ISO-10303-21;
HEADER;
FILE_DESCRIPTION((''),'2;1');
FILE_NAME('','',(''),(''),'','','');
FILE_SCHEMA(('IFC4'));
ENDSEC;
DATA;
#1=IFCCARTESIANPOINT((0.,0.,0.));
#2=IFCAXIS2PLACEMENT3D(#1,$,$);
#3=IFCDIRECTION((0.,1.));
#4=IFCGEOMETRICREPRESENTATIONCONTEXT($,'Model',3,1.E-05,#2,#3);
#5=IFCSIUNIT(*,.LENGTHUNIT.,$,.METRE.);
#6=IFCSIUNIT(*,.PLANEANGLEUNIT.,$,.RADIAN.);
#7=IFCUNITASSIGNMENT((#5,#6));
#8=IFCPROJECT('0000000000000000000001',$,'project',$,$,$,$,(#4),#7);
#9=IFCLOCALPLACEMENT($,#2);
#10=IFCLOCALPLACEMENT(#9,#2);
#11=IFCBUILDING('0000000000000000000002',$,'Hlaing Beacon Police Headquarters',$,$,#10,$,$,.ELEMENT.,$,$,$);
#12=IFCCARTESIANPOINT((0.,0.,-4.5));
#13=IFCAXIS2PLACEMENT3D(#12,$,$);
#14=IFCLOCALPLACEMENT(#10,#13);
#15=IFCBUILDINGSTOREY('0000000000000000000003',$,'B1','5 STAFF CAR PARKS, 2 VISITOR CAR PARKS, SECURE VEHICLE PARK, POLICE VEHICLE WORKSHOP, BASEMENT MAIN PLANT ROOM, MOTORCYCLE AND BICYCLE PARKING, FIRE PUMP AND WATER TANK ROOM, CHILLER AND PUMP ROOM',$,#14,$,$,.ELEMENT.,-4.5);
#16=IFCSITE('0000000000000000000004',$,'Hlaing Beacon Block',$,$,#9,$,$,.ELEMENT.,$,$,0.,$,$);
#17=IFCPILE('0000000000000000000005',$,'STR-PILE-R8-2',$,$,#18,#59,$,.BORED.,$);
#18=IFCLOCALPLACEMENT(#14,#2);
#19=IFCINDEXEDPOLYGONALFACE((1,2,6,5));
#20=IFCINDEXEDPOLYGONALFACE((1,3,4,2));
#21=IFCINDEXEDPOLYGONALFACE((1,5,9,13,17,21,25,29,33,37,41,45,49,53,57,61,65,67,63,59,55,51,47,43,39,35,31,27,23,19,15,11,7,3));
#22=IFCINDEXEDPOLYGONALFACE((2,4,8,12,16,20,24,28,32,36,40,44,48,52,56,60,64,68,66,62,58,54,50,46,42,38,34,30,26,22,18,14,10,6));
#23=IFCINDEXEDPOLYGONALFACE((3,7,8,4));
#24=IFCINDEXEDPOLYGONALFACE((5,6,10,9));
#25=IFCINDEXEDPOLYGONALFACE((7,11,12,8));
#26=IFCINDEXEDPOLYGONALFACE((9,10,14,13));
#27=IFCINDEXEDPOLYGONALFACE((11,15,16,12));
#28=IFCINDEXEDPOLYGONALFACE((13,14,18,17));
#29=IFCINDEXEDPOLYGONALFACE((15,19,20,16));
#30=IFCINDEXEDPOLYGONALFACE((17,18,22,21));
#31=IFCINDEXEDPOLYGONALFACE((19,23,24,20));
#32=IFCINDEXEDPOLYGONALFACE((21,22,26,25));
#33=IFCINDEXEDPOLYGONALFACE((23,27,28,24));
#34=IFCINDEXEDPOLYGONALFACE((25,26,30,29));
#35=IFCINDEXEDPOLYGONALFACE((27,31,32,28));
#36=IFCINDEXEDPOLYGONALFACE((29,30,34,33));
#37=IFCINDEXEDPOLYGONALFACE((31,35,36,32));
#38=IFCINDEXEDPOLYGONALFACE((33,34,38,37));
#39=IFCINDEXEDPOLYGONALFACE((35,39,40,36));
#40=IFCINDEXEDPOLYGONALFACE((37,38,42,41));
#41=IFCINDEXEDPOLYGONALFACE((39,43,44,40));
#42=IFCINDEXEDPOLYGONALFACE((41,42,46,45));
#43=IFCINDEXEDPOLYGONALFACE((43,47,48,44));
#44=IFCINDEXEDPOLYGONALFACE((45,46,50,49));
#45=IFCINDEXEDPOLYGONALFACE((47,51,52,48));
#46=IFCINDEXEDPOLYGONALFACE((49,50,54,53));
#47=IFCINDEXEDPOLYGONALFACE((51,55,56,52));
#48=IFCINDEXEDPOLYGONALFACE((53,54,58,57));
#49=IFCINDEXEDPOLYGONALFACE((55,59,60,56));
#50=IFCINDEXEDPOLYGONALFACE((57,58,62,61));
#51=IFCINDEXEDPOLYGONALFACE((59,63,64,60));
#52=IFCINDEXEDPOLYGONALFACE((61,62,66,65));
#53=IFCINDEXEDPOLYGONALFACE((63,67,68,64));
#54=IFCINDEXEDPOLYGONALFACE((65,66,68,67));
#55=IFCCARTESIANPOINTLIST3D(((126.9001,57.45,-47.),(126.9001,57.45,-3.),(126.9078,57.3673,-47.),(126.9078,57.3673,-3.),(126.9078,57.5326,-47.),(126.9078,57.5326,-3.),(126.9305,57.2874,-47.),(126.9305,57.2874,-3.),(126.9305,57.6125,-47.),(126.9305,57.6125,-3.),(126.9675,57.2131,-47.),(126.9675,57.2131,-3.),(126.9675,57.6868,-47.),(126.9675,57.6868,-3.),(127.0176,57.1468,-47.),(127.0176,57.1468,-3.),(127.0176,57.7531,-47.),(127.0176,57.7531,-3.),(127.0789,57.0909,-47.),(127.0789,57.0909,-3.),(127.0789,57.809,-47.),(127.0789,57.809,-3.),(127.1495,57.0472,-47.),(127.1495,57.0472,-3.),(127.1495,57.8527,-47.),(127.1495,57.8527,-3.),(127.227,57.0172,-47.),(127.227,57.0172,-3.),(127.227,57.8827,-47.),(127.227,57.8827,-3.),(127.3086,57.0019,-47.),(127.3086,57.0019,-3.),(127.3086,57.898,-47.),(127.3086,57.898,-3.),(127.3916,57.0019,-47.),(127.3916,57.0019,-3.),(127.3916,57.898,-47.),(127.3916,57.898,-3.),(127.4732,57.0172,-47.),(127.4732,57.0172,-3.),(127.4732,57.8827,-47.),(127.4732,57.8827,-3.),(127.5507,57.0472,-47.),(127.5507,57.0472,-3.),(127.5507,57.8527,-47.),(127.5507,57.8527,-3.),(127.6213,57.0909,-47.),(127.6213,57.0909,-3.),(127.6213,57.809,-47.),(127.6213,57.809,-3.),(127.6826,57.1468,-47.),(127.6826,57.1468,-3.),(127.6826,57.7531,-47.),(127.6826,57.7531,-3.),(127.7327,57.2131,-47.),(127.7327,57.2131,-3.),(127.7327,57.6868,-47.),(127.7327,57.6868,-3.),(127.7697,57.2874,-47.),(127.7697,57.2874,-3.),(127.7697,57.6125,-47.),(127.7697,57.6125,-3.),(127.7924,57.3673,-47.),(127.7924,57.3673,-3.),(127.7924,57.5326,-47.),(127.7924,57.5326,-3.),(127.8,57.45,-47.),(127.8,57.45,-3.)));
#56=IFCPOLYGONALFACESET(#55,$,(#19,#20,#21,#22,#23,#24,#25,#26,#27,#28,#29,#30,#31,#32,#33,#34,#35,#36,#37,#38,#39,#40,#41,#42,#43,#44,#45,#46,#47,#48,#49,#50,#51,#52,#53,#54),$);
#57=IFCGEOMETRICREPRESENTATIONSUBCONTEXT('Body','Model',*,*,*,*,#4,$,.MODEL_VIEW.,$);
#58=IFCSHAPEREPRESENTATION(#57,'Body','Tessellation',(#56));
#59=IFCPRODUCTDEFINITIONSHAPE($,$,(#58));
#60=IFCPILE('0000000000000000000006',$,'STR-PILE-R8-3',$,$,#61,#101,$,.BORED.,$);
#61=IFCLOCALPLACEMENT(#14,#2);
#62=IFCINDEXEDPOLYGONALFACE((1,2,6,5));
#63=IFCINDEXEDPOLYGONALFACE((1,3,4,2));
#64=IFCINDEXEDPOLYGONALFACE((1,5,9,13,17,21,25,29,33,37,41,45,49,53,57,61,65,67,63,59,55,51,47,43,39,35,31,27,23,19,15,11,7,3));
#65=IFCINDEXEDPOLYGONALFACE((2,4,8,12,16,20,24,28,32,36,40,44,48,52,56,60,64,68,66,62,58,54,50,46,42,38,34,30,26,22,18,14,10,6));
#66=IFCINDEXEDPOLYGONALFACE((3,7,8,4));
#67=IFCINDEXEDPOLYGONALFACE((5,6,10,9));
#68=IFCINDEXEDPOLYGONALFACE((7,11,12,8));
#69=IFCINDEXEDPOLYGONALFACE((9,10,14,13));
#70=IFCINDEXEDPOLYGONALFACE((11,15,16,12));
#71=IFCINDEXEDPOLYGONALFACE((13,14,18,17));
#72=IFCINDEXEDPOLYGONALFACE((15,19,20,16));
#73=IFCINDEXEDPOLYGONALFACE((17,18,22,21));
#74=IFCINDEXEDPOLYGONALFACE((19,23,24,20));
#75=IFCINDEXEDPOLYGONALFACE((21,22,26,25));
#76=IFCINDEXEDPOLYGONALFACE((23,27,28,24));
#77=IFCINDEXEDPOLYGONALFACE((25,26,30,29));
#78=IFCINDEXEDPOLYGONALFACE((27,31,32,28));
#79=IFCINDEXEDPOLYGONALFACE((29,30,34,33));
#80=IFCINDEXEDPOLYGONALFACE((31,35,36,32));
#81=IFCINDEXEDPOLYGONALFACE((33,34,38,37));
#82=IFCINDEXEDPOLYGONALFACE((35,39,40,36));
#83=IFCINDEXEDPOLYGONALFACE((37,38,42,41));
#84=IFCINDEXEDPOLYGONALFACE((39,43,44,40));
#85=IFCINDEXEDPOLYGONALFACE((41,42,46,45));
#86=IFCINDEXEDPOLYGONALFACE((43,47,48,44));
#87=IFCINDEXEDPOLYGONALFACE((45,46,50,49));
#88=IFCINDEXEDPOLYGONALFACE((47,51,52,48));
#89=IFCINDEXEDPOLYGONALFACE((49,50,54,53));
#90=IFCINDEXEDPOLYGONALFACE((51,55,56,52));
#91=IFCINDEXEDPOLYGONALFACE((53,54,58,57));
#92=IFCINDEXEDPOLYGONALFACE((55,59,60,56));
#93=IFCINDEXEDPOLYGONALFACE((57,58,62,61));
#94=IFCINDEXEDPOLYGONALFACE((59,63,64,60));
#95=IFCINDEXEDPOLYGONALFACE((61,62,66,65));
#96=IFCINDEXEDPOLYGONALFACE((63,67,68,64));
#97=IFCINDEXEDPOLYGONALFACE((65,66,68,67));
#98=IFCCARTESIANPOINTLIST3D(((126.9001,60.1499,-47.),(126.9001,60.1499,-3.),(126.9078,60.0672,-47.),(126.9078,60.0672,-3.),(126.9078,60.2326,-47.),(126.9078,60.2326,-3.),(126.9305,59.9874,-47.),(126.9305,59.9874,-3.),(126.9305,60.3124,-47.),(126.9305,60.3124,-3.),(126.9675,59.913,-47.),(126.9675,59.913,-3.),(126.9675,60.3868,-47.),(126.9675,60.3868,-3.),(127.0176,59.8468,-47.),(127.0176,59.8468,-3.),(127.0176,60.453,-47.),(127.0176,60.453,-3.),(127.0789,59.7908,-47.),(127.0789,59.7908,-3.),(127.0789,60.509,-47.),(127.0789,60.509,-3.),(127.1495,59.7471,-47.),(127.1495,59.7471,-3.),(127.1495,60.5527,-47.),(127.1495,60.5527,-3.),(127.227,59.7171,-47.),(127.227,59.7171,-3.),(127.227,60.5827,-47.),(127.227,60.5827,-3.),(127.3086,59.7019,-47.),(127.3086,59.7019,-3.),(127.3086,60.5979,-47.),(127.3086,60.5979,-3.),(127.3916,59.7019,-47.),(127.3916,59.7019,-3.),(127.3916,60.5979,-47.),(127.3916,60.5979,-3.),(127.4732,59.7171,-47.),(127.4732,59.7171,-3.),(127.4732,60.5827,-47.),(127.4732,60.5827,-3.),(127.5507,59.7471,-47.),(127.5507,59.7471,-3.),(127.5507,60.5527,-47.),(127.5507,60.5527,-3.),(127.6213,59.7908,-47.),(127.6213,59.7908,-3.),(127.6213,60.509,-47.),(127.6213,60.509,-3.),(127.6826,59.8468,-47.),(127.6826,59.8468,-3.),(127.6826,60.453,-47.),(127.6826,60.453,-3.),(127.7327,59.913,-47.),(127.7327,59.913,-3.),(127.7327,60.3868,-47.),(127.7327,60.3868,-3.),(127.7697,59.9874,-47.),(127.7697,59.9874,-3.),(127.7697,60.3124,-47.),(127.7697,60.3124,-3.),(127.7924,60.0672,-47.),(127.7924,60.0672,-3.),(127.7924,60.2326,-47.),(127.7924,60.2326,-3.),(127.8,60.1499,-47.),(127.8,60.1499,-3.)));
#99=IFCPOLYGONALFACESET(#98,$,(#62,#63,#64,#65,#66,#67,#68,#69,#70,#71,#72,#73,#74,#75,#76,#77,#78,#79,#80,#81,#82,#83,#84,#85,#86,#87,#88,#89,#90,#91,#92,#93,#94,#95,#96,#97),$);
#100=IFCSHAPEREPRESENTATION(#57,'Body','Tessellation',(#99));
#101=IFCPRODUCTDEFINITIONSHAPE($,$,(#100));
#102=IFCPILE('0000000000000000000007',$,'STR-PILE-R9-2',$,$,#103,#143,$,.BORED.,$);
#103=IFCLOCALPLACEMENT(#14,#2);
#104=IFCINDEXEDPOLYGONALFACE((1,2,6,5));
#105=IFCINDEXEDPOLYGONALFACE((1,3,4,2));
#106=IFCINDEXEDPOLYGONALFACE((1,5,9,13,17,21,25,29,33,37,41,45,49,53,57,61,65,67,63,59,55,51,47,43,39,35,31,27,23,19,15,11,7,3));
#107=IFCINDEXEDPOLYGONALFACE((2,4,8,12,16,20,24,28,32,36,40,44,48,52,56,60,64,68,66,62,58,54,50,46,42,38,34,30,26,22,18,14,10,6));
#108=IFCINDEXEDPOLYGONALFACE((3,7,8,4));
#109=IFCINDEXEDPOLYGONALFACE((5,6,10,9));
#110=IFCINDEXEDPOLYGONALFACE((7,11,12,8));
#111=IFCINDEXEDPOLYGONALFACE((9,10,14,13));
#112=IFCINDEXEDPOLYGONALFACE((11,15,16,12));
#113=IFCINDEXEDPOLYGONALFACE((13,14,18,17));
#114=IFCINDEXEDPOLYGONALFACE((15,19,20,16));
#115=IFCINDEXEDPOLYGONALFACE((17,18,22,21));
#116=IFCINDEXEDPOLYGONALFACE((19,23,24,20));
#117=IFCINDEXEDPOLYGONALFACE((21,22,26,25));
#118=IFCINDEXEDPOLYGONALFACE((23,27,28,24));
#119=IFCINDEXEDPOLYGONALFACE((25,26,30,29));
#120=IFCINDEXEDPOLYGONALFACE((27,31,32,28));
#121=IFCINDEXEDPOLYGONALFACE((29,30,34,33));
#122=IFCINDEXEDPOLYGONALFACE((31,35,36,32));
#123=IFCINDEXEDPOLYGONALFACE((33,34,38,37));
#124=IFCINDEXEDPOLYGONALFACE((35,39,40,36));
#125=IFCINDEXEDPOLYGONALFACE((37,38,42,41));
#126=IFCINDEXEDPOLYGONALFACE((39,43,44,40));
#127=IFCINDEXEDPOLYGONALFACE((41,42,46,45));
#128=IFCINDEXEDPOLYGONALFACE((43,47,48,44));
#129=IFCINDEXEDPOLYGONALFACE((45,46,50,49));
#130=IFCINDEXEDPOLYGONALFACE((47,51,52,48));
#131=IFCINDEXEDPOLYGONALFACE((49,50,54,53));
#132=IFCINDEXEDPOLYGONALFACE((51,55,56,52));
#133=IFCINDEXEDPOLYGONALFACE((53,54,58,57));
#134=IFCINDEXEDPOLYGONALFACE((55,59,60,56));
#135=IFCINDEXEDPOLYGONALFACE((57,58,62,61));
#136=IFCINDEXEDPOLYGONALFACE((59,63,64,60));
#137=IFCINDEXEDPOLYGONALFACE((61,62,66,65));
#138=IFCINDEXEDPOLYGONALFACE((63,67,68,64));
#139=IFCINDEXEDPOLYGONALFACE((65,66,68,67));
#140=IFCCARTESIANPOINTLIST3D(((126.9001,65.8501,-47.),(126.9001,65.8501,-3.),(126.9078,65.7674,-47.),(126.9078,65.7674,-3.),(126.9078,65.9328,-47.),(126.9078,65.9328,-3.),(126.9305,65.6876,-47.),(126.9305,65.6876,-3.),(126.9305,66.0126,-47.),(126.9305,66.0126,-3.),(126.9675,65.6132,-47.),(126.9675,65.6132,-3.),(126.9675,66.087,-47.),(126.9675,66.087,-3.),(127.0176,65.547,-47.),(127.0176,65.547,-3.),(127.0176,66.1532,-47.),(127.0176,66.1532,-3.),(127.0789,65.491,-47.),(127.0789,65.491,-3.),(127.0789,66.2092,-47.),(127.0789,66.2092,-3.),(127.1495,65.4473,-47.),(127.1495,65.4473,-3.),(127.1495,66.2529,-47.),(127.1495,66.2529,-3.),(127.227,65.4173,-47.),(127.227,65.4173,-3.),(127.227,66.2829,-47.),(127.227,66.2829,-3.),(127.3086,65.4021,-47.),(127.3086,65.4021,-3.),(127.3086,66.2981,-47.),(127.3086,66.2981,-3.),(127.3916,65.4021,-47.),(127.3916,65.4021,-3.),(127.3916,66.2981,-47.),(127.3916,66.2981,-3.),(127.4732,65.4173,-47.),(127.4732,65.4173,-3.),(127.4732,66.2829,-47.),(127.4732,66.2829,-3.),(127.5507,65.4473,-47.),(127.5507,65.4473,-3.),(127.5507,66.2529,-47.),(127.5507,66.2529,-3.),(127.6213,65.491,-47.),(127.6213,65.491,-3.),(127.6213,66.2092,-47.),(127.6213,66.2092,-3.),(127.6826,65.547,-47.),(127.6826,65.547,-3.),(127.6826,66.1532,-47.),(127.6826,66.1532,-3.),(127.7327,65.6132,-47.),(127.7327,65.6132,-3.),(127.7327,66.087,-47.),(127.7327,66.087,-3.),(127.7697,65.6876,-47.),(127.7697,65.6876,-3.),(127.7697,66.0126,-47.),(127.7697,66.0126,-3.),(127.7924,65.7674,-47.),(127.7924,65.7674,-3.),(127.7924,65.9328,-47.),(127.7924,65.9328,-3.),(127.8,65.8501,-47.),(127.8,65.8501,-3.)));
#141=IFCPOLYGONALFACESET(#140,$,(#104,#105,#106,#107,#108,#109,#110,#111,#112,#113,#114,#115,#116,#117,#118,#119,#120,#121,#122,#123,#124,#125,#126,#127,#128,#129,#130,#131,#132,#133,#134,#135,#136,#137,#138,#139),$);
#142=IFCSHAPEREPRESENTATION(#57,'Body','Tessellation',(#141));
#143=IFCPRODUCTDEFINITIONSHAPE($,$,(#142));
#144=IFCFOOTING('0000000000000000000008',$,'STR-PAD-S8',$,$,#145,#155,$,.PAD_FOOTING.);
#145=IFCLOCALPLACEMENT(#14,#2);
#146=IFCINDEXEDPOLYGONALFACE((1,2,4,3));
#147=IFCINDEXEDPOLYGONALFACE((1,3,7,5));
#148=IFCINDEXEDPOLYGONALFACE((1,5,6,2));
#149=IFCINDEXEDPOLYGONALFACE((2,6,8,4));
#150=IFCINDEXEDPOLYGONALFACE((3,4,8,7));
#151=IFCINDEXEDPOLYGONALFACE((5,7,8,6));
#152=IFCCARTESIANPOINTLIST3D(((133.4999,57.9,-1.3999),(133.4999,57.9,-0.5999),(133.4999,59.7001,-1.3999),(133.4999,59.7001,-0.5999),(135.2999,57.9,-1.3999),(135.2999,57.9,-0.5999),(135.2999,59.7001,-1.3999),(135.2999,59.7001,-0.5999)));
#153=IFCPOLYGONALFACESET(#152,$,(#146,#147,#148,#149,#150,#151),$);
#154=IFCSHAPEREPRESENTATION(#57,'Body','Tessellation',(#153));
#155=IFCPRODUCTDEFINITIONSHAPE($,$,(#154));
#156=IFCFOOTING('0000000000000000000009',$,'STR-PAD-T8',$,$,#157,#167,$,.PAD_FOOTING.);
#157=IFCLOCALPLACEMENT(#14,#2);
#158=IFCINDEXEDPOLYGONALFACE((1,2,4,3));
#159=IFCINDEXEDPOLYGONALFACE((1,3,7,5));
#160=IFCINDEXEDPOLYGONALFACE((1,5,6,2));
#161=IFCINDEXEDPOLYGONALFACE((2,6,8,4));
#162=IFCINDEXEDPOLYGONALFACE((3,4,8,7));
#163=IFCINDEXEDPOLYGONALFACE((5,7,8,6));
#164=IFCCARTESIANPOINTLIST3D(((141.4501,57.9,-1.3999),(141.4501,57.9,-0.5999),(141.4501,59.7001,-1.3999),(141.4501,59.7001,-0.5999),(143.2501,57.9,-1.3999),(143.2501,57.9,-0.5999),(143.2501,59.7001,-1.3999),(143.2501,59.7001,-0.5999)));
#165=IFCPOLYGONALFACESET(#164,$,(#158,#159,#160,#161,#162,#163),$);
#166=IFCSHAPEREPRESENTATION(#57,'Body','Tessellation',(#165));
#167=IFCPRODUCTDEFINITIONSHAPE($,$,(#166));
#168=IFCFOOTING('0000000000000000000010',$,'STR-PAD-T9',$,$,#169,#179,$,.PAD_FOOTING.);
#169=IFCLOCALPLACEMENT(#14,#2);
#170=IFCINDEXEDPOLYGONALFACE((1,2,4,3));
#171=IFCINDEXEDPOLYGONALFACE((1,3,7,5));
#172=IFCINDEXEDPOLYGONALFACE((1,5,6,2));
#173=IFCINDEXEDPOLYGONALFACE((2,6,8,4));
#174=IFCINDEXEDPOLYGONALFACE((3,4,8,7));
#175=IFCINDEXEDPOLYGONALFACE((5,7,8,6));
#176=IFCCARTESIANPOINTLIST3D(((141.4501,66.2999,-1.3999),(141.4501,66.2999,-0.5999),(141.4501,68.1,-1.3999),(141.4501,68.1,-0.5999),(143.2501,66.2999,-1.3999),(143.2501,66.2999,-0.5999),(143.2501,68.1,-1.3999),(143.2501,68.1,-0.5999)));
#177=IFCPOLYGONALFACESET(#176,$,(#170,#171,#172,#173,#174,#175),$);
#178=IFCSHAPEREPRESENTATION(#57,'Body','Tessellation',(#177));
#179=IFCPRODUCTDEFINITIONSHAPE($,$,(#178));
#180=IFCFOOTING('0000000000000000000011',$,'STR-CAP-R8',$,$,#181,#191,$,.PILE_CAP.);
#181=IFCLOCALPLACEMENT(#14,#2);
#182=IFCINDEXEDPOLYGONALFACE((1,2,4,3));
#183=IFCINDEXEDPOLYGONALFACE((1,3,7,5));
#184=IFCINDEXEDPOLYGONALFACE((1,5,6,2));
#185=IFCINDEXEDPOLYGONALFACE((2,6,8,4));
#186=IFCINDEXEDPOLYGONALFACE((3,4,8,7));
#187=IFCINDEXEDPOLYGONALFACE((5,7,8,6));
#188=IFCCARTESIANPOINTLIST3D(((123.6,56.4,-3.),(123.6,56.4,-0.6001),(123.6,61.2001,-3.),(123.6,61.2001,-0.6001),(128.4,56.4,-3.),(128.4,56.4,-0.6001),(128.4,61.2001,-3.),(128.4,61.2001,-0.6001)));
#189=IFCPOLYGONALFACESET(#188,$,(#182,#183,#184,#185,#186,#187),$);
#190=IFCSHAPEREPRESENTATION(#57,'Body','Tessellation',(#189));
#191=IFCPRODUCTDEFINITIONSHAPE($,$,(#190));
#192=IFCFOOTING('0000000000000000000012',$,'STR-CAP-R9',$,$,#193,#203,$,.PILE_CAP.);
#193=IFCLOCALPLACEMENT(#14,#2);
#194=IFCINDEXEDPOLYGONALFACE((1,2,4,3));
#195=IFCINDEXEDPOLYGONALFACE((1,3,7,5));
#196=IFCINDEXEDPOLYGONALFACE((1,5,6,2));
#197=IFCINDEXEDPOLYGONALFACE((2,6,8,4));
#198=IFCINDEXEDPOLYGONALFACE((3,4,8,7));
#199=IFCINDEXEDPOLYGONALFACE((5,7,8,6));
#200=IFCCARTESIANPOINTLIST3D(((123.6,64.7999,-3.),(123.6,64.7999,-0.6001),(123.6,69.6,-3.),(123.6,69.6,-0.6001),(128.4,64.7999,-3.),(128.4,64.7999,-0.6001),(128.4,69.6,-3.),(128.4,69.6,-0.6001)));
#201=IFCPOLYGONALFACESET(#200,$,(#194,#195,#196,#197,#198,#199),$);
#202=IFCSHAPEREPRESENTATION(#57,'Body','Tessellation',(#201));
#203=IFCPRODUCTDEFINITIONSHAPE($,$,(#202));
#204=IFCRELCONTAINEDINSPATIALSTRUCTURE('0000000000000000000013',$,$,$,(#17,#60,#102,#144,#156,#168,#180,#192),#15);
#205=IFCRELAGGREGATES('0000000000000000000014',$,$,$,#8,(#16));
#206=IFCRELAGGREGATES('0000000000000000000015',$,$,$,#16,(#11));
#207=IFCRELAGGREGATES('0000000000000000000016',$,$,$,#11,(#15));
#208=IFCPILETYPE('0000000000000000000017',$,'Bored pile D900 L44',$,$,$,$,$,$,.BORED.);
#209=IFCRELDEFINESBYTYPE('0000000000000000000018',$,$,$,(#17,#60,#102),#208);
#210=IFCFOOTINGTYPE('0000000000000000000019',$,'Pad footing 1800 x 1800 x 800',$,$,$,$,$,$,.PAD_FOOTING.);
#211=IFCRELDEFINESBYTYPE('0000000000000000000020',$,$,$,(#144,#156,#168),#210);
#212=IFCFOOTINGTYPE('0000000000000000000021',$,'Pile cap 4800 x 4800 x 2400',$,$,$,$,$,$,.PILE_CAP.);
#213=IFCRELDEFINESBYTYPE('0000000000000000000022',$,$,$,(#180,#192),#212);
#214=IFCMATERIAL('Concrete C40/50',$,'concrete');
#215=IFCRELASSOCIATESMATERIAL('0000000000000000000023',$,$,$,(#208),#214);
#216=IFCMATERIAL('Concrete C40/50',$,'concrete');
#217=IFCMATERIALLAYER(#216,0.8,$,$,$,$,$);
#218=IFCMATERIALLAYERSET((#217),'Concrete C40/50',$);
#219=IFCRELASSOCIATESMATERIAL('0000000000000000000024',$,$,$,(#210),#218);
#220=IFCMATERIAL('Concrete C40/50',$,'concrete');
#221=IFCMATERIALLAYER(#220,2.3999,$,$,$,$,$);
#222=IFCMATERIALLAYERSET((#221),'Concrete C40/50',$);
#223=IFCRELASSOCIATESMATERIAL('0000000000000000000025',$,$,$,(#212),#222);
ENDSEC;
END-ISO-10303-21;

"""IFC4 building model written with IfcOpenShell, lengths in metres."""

from ifc_helpers import new_model, si_unit, direction, frame, origin, origin_2d, place, context, subcontext, project, spatial, rectangle, circle, extrude, material, layer, layer_set, material_profile, profile_set, type_object, element, save


model = new_model("IFC4")

# Units and contexts
model_context = context("Model", 3, precision=1e-05, world=origin(), true_north=direction((0.0, 1.0)))
body_context = subcontext(model_context, "Body", "Model", "MODEL_VIEW")
ifc_project = project(units=[si_unit("LENGTHUNIT", "METRE"), si_unit("PLANEANGLEUNIT", "RADIAN")], contexts=[model_context])

# Site, building, storey
site_placement = place(None, origin())
site = spatial("IfcSite", under=ifc_project, at=site_placement, Name="Hlaing Beacon Block", CompositionType="ELEMENT", RefElevation=0.0)
building_placement = place(site_placement, origin())
building = spatial("IfcBuilding", under=site, at=building_placement, Name="Hlaing Beacon Police Headquarters", CompositionType="ELEMENT")
storey_placement = place(building_placement, frame((0.0, 0.0, -4.5)))
storey = spatial("IfcBuildingStorey", under=building, at=storey_placement, Name="B1", Description="5 STAFF CAR PARKS, 2 VISITOR CAR PARKS, SECURE VEHICLE PARK, POLICE VEHICLE WORKSHOP, BASEMENT MAIN PLANT ROOM, MOTORCYCLE AND BICYCLE PARKING, FIRE PUMP AND WATER TANK ROOM, CHILLER AND PUMP ROOM", CompositionType="ELEMENT", Elevation=-4.5)

# Piles
ifc_material_1 = material(Name="Concrete C40/50", Category="concrete")
ifc_material_profile_1 = material_profile(ifc_material_1, circle(Radius=0.45, at=origin_2d()), Name="D900")
ifc_profile_set_1 = profile_set([ifc_material_profile_1], Name="Concrete C40/50")
pile_type_1 = type_object("IfcPileType", Name="Bored pile D900 L44", PredefinedType="BORED", material=ifc_profile_set_1)
for number, where, z_axis, x_axis, name in (
    (1, (127.3501, 57.45, -3.0), (0.0, 0.0, -1.0), (1.0, 0.0, 0.0), "STR-PILE-R8-2"),
    (2, (127.3501, 60.1499, -3.0), (0.0, 0.0, -1.0), (1.0, 0.0, 0.0), "STR-PILE-R8-3"),
    (3, (127.3501, 65.8501, -3.0), (0.0, 0.0, -1.0), (1.0, 0.0, 0.0), "STR-PILE-R9-2"),
):
    element("IfcPile", number, at=place(storey_placement, frame(where, z_axis=z_axis, x_axis=x_axis)), inside=storey, type_object=pile_type_1, Name=name, PredefinedType="BORED", context=body_context, shape_type="SweptSolid", body=[
        extrude(circle(Radius=0.45, at=origin_2d()), origin(), (0.0, 0.0, 1.0), 44.0),
    ])

# Footings
ifc_material_2 = material(Name="Concrete C40/50", Category="concrete")
ifc_layer_1 = layer(ifc_material_2, 0.8)
ifc_layer_set_1 = layer_set([ifc_layer_1], Name="Concrete C40/50")
footing_type_1 = type_object("IfcFootingType", Name="Pad footing 1800 x 1800 x 800", PredefinedType="PAD_FOOTING", material=ifc_layer_set_1)
for number, where, z_axis, x_axis, name in (
    (4, (134.3999, 58.8, -1.3999), (0.0, 0.0, 1.0), (1.0, 0.0, 0.0), "STR-PAD-S8"),
    (5, (142.3501, 58.8, -1.3999), (0.0, 0.0, 1.0), (1.0, 0.0, 0.0), "STR-PAD-T8"),
    (6, (142.3501, 67.2, -1.3999), (0.0, 0.0, 1.0), (1.0, 0.0, 0.0), "STR-PAD-T9"),
):
    element("IfcFooting", number, at=place(storey_placement, frame(where, z_axis=z_axis, x_axis=x_axis)), inside=storey, type_object=footing_type_1, Name=name, PredefinedType="PAD_FOOTING", context=body_context, shape_type="SweptSolid", body=[
        extrude(rectangle(XDim=1.8, YDim=1.8, at=origin_2d()), origin(), (0.0, 0.0, 1.0), 0.8),
    ])
ifc_material_3 = material(Name="Concrete C40/50", Category="concrete")
ifc_layer_2 = layer(ifc_material_3, 2.3999)
ifc_layer_set_2 = layer_set([ifc_layer_2], Name="Concrete C40/50")
footing_type_2 = type_object("IfcFootingType", Name="Pile cap 4800 x 4800 x 2400", PredefinedType="PILE_CAP", material=ifc_layer_set_2)
for number, where, z_axis, x_axis, name in (
    (7, (126.0, 58.8, -3.0), (0.0, 0.0, 1.0), (1.0, 0.0, 0.0), "STR-CAP-R8"),
    (8, (126.0, 67.2, -3.0), (0.0, 0.0, 1.0), (1.0, 0.0, 0.0), "STR-CAP-R9"),
):
    element("IfcFooting", number, at=place(storey_placement, frame(where, z_axis=z_axis, x_axis=x_axis)), inside=storey, type_object=footing_type_2, Name=name, PredefinedType="PILE_CAP", context=body_context, shape_type="SweptSolid", body=[
        extrude(rectangle(XDim=4.8, YDim=4.8, at=origin_2d()), origin(), (0.0, 0.0, 1.0), 2.3999),
    ])

save(model, "model.ifc")
